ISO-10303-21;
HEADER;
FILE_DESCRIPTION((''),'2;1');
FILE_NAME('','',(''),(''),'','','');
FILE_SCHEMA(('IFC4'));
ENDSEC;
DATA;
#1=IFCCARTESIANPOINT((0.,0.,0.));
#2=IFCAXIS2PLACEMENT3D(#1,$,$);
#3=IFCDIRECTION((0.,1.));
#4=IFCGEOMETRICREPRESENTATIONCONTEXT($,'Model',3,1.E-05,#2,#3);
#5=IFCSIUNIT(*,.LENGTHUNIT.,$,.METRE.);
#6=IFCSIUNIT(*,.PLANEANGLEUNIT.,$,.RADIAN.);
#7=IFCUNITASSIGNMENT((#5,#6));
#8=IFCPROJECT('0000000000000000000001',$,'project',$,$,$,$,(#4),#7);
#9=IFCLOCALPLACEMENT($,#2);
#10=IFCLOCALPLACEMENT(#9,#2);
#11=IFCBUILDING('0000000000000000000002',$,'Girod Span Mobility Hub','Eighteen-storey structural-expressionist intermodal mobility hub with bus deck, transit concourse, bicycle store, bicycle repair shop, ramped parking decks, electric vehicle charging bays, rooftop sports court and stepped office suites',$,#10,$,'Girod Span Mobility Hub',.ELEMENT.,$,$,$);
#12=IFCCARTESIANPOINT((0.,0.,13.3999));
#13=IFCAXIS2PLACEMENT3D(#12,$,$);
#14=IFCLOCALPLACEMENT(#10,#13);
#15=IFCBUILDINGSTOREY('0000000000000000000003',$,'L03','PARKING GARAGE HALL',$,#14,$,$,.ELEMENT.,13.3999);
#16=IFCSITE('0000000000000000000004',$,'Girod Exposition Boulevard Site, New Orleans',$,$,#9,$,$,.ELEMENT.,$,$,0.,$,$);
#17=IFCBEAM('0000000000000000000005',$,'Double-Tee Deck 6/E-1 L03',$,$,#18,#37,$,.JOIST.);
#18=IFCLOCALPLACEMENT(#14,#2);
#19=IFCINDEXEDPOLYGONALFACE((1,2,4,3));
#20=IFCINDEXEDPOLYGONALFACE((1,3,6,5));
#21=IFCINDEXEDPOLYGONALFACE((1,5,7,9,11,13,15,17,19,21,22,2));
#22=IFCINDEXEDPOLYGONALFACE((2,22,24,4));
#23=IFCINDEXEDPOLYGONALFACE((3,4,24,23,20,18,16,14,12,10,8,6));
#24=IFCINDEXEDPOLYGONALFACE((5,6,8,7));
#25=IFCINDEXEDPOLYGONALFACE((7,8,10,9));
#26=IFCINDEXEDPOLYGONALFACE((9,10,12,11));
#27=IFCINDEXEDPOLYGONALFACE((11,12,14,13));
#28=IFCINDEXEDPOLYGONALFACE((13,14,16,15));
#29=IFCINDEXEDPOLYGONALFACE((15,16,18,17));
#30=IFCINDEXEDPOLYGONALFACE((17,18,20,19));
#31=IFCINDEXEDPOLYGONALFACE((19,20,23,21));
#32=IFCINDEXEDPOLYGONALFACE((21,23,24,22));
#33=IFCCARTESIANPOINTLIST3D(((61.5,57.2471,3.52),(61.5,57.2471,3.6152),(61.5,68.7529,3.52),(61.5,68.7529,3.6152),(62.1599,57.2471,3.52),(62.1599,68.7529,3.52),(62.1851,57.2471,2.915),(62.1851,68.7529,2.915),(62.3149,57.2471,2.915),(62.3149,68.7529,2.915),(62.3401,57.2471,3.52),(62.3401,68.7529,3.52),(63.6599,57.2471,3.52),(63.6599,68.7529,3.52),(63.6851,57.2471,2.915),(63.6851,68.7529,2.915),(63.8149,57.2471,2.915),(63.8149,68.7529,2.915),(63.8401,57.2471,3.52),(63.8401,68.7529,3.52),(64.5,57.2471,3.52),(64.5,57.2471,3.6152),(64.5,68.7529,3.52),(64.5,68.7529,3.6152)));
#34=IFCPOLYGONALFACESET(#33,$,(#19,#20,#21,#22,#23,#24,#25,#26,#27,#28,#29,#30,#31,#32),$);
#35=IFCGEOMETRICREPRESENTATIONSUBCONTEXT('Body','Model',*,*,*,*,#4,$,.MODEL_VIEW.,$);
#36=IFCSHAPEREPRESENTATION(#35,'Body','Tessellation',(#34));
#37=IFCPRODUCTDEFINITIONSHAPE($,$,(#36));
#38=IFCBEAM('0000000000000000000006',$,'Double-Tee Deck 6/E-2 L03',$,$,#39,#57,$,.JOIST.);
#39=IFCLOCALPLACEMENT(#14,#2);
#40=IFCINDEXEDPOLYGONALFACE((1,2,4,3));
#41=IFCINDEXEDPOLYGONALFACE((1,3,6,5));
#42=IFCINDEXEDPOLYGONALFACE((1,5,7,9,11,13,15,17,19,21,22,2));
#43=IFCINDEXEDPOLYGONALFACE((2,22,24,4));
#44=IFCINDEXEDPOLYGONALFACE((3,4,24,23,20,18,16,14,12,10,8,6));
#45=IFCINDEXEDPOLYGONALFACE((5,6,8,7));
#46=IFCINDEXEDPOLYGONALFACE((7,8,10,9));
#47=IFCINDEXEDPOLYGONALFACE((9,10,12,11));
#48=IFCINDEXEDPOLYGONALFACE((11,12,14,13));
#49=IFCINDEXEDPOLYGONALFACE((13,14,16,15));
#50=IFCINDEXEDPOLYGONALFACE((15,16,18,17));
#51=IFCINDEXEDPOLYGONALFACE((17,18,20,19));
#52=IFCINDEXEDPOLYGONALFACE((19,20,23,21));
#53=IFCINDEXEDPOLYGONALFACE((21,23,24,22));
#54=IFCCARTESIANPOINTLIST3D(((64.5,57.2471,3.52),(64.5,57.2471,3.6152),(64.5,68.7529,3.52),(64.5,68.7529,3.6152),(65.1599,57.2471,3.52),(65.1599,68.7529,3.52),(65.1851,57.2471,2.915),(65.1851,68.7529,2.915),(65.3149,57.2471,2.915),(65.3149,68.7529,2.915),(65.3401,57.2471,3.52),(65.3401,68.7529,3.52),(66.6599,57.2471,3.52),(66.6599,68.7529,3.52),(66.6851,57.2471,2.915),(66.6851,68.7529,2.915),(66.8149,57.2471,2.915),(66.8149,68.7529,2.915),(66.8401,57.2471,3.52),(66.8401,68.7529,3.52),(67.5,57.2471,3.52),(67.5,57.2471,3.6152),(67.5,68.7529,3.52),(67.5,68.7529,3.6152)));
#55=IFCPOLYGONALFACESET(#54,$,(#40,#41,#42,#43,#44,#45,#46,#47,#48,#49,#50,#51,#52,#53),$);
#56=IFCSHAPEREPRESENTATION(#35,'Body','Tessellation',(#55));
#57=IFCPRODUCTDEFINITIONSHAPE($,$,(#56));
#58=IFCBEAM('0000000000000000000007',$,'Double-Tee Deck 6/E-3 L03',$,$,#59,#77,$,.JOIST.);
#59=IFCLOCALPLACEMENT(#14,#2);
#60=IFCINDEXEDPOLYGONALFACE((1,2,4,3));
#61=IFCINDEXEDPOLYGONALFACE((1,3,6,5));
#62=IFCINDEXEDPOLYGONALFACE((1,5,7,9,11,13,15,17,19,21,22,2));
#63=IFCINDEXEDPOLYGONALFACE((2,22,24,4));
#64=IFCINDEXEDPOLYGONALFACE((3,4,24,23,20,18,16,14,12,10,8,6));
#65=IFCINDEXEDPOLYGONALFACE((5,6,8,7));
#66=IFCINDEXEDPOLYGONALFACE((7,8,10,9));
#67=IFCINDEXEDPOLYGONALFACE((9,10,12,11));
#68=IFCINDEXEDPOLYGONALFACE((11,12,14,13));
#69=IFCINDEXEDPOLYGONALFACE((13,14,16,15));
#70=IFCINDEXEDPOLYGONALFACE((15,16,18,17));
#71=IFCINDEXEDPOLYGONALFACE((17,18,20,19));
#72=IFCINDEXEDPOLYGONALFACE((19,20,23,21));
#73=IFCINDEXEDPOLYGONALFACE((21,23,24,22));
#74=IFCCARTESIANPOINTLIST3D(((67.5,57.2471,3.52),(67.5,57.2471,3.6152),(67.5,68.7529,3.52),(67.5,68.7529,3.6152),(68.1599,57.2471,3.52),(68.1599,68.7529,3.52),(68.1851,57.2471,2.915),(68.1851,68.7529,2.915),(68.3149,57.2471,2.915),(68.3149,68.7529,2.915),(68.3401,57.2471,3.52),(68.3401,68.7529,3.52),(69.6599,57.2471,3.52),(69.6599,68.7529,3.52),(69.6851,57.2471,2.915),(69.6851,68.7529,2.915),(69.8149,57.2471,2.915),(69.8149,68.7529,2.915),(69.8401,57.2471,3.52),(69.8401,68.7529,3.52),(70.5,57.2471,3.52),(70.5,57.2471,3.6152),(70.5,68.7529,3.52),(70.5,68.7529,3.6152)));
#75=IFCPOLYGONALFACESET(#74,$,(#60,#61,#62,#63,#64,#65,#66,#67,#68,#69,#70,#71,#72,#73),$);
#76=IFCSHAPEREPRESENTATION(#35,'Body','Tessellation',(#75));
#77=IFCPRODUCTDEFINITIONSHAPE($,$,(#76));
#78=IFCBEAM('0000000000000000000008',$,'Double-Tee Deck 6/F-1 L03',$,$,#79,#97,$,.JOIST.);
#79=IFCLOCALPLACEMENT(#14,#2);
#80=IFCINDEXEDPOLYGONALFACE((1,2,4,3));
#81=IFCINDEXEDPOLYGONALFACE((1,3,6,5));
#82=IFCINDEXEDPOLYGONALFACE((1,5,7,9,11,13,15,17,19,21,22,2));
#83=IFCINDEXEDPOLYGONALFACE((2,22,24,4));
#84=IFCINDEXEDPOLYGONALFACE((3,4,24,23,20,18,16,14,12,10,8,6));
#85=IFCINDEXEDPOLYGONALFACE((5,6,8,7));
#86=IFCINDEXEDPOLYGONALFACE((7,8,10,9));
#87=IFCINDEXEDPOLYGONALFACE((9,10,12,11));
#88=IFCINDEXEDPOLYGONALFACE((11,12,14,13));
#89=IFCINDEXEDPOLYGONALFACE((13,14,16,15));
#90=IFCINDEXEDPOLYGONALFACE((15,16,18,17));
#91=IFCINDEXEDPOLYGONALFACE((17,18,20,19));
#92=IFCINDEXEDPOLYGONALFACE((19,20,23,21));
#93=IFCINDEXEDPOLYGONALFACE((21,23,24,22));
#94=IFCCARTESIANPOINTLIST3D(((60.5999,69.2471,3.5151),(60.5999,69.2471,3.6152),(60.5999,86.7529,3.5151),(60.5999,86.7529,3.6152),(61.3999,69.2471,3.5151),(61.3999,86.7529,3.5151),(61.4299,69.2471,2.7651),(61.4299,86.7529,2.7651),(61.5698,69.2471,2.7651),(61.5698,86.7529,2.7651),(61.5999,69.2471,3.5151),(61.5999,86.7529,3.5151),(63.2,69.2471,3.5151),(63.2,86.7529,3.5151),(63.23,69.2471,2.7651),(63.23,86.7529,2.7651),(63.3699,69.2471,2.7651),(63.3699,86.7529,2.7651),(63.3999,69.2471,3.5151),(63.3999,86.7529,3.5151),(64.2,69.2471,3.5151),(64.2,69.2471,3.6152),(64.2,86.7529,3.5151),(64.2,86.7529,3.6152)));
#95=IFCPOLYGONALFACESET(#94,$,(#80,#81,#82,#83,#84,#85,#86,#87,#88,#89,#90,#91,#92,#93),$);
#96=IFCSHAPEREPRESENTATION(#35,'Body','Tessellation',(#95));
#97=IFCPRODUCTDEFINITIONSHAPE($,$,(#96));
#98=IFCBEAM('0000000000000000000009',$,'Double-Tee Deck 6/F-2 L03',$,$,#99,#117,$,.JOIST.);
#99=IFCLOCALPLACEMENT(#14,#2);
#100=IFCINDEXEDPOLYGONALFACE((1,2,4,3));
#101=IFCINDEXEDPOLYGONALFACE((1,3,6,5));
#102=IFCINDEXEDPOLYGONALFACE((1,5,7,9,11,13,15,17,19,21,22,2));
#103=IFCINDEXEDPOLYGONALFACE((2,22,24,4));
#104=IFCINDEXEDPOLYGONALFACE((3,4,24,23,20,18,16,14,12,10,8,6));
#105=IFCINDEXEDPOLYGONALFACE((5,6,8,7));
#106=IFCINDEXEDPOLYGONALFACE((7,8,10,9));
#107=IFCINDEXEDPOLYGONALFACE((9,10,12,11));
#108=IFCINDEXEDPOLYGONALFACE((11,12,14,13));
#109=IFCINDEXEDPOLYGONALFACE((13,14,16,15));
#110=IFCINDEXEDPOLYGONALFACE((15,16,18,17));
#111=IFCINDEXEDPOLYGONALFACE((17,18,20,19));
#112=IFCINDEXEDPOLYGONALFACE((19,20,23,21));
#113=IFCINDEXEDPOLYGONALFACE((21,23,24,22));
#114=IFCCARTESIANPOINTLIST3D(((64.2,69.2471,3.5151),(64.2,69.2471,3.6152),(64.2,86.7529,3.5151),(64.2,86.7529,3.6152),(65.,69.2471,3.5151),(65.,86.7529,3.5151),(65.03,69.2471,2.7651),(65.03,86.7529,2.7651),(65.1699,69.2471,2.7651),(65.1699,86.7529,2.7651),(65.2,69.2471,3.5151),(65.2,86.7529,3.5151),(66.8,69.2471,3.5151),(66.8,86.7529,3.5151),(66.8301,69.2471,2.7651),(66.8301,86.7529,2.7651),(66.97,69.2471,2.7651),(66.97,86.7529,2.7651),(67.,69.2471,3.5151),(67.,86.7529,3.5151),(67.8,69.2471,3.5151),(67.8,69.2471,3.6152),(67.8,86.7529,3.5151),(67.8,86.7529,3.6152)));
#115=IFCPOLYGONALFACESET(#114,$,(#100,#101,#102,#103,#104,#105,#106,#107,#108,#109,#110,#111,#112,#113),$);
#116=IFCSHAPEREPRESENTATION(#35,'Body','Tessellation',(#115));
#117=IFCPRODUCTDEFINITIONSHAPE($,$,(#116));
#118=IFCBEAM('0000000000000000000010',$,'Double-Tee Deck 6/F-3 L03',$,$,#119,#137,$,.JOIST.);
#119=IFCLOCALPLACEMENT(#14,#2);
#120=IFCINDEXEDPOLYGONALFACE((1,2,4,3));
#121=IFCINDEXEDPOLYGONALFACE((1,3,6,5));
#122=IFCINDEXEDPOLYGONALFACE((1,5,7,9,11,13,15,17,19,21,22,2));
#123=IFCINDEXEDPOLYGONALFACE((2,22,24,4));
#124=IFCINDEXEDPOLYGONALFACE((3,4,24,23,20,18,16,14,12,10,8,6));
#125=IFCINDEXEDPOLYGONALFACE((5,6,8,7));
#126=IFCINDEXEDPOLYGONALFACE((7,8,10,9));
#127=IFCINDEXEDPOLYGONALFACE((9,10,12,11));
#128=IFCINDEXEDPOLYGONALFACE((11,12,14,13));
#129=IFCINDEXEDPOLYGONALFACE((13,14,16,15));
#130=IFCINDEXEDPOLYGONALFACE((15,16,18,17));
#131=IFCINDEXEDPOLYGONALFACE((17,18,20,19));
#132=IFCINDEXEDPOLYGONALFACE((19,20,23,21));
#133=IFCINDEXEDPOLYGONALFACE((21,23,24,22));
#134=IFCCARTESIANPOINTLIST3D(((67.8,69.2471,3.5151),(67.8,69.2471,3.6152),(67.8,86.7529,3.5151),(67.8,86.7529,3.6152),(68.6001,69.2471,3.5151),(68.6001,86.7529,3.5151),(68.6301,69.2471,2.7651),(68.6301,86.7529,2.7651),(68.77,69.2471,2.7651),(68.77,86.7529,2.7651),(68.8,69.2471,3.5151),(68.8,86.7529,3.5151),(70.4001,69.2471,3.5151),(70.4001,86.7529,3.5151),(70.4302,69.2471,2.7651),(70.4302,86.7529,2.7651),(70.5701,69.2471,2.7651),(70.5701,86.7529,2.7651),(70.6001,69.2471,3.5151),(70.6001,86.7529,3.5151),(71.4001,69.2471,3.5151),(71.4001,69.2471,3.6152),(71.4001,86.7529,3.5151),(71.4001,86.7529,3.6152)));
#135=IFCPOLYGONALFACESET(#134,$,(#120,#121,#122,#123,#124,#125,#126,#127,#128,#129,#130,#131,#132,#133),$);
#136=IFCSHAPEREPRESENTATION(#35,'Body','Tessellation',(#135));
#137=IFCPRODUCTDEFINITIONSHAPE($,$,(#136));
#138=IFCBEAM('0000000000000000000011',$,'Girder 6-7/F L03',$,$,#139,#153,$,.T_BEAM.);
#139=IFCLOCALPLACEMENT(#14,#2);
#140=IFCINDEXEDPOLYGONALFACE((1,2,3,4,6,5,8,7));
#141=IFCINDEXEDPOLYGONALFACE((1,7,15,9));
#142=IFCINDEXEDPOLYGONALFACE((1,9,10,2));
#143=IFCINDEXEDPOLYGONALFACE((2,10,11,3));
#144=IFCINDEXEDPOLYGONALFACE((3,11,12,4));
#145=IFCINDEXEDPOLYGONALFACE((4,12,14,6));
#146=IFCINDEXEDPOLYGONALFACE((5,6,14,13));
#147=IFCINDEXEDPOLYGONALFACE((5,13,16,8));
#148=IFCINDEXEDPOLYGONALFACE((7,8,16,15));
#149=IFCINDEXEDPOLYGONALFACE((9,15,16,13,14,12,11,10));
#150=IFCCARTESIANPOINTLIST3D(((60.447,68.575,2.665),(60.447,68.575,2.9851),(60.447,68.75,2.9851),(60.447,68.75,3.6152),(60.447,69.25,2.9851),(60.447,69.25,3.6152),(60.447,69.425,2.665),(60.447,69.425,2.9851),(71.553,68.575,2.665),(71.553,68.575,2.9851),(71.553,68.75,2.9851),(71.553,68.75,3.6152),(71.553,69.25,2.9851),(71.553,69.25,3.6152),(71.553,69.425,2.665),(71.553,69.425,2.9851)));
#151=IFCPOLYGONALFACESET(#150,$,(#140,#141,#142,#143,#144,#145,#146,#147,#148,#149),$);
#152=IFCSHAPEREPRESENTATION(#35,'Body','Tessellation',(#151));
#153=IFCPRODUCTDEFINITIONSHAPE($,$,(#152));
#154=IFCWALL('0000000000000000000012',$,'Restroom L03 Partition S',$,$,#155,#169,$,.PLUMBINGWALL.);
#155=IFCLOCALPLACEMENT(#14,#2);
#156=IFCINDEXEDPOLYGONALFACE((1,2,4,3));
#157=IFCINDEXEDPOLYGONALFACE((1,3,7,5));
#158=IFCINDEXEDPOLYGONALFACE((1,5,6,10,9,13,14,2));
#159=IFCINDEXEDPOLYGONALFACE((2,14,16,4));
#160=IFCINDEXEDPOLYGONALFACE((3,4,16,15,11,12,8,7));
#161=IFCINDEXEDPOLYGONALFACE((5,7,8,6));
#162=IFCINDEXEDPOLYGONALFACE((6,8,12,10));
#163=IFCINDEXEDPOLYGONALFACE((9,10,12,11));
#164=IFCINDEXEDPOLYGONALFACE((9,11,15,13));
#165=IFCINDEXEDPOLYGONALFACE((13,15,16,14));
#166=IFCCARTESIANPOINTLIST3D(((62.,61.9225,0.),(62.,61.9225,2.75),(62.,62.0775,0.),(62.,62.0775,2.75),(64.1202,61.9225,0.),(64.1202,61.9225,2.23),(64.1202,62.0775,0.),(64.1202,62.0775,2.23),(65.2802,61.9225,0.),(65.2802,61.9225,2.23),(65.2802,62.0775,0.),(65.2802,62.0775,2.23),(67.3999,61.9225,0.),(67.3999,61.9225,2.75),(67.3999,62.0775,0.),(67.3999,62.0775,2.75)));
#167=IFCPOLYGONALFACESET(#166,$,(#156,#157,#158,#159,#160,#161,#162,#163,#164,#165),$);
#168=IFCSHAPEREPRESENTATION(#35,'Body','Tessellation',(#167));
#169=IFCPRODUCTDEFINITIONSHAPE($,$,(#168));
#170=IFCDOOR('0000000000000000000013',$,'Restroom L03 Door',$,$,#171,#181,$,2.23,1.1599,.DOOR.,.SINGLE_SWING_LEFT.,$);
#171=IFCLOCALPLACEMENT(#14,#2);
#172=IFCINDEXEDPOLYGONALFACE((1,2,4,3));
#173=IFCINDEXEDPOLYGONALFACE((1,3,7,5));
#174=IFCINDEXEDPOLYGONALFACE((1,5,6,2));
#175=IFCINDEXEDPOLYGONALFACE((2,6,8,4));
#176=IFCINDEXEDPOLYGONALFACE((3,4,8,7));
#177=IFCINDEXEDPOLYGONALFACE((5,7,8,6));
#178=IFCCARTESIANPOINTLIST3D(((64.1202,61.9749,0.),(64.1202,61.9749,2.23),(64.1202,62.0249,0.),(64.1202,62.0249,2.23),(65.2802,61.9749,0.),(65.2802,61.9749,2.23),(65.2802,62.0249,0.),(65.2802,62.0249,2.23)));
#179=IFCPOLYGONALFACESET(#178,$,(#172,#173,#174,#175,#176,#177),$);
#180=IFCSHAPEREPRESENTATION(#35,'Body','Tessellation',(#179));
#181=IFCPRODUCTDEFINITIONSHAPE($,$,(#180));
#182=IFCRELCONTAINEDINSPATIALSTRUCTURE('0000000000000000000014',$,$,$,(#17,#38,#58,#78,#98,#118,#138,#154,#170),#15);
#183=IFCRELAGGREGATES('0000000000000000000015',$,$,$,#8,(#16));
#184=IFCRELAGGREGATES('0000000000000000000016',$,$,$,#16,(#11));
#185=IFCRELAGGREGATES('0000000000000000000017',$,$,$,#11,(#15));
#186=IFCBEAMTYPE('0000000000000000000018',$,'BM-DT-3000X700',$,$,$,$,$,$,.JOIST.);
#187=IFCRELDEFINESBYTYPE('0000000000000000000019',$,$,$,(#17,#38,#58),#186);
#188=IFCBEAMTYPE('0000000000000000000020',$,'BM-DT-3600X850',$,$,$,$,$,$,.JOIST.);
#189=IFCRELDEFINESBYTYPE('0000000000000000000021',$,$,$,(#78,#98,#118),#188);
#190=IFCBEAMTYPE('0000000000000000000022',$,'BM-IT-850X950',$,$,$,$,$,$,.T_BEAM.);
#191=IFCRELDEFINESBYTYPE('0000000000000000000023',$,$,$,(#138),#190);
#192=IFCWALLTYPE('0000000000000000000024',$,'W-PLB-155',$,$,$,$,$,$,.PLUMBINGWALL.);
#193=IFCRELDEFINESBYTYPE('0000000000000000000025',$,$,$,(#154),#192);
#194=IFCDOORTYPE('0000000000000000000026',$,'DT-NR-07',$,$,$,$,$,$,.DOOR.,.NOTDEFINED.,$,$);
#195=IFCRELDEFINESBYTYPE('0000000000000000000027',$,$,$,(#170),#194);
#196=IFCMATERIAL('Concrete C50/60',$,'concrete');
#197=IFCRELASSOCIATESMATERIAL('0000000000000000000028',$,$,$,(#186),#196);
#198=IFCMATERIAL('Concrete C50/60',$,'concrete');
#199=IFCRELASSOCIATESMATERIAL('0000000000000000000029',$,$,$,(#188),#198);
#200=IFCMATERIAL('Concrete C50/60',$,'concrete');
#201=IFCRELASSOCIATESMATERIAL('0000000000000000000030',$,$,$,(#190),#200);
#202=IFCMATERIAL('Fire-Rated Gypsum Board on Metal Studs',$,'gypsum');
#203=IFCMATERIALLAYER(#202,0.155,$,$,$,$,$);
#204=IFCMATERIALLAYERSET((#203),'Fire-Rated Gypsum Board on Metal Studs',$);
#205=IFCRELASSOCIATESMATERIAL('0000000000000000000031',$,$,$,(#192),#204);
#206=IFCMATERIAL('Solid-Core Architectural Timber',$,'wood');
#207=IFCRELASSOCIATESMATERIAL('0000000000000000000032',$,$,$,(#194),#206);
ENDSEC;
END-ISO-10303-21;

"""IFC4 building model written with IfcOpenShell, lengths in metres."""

from ifc_helpers import new_model, si_unit, direction, frame, frame_2d, origin, place, context, subcontext, project, spatial, polyline, rectangle, outline, extrude, material, layer, layer_set, material_profile, profile_set, type_object, element, fill, save


model = new_model("IFC4")

# Units and contexts
model_context = context("Model", 3, precision=1e-05, world=origin(), true_north=direction((0.0, 1.0)))
body_context = subcontext(model_context, "Body", "Model", "MODEL_VIEW")
ifc_project = project(units=[si_unit("LENGTHUNIT", "METRE"), si_unit("PLANEANGLEUNIT", "RADIAN")], contexts=[model_context])

# Site, building, storey
site_placement = place(None, origin())
site = spatial("IfcSite", under=ifc_project, at=site_placement, Name="Girod Exposition Boulevard Site, New Orleans", CompositionType="ELEMENT", RefElevation=0.0)
building_placement = place(site_placement, origin())
building = spatial("IfcBuilding", under=site, at=building_placement, Name="Girod Span Mobility Hub", Description="Eighteen-storey structural-expressionist intermodal mobility hub with bus deck, transit concourse, bicycle store, bicycle repair shop, ramped parking decks, electric vehicle charging bays, rooftop sports court and stepped office suites", LongName="Girod Span Mobility Hub", CompositionType="ELEMENT")
storey_placement = place(building_placement, frame((0.0, 0.0, 13.3999)))
storey = spatial("IfcBuildingStorey", under=building, at=storey_placement, Name="L03", Description="PARKING GARAGE HALL", CompositionType="ELEMENT", Elevation=13.3999)

# Beams
ifc_material_1 = material(Name="Concrete C50/60", Category="concrete")
ifc_material_profile_1 = material_profile(ifc_material_1, outline(polyline([(-1.5, 0.3501), (-1.5, 0.2549), (-0.8401, 0.2549), (-0.8149, -0.3501), (-0.6851, -0.3501), (-0.6599, 0.2549), (0.6599, 0.2549), (0.6851, -0.3501), (0.8149, -0.3501), (0.8401, 0.2549), (1.5, 0.2549), (1.5, 0.3501), (-1.5, 0.3501)])), Name="DT-3000X700")
ifc_profile_set_1 = profile_set([ifc_material_profile_1], Name="Concrete C50/60")
beam_type_1 = type_object("IfcBeamType", Name="BM-DT-3000X700", PredefinedType="JOIST", material=ifc_profile_set_1)
for number, where, z_axis, x_axis, name in (
    (1, (63.0, 57.2471, 3.2651), (0.0, 1.0, 0.0), (-1.0, 0.0, 0.0), "Double-Tee Deck 6/E-1 L03"),
    (2, (66.0, 57.2471, 3.2651), (0.0, 1.0, 0.0), (-1.0, 0.0, 0.0), "Double-Tee Deck 6/E-2 L03"),
    (3, (69.0, 57.2471, 3.2651), (0.0, 1.0, 0.0), (-1.0, 0.0, 0.0), "Double-Tee Deck 6/E-3 L03"),
):
    element("IfcBeam", number, at=place(storey_placement, frame(where, z_axis=z_axis, x_axis=x_axis)), inside=storey, type_object=beam_type_1, Name=name, PredefinedType="JOIST", context=body_context, shape_type="SweptSolid", body=[
        extrude(outline(polyline([(-1.5, 0.3501), (-1.5, 0.2549), (-0.8401, 0.2549), (-0.8149, -0.3501), (-0.6851, -0.3501), (-0.6599, 0.2549), (0.6599, 0.2549), (0.6851, -0.3501), (0.8149, -0.3501), (0.8401, 0.2549), (1.5, 0.2549), (1.5, 0.3501), (-1.5, 0.3501)])), origin(), (0.0, 0.0, 1.0), 11.5059),
    ])
ifc_material_2 = material(Name="Concrete C50/60", Category="concrete")
ifc_material_profile_2 = material_profile(ifc_material_2, outline(polyline([(-1.8, 0.425), (-1.8, 0.325), (-1.0, 0.325), (-0.97, -0.425), (-0.8301, -0.425), (-0.8, 0.325), (0.8, 0.325), (0.8301, -0.425), (0.97, -0.425), (1.0, 0.325), (1.8, 0.325), (1.8, 0.425), (-1.8, 0.425)])), Name="DT-3600X850")
ifc_profile_set_2 = profile_set([ifc_material_profile_2], Name="Concrete C50/60")
beam_type_2 = type_object("IfcBeamType", Name="BM-DT-3600X850", PredefinedType="JOIST", material=ifc_profile_set_2)
for number, where, z_axis, x_axis, name in (
    (4, (62.3999, 69.2471, 3.1902), (0.0, 1.0, 0.0), (-1.0, 0.0, 0.0), "Double-Tee Deck 6/F-1 L03"),
    (5, (66.0, 69.2471, 3.1902), (0.0, 1.0, 0.0), (-1.0, 0.0, 0.0), "Double-Tee Deck 6/F-2 L03"),
    (6, (69.6001, 69.2471, 3.1902), (0.0, 1.0, 0.0), (-1.0, 0.0, 0.0), "Double-Tee Deck 6/F-3 L03"),
):
    element("IfcBeam", number, at=place(storey_placement, frame(where, z_axis=z_axis, x_axis=x_axis)), inside=storey, type_object=beam_type_2, Name=name, PredefinedType="JOIST", context=body_context, shape_type="SweptSolid", body=[
        extrude(outline(polyline([(-1.8, 0.425), (-1.8, 0.325), (-1.0, 0.325), (-0.97, -0.425), (-0.8301, -0.425), (-0.8, 0.325), (0.8, 0.325), (0.8301, -0.425), (0.97, -0.425), (1.0, 0.325), (1.8, 0.325), (1.8, 0.425), (-1.8, 0.425)])), origin(), (0.0, 0.0, 1.0), 17.5059),
    ])
ifc_material_3 = material(Name="Concrete C50/60", Category="concrete")
ifc_material_profile_3 = material_profile(ifc_material_3, outline(polyline([(-0.425, -0.4751), (0.425, -0.4751), (0.425, -0.155), (0.25, -0.155), (0.25, 0.4751), (-0.25, 0.4751), (-0.25, -0.155), (-0.425, -0.155), (-0.425, -0.4751)])), Name="IT-850X950")
ifc_profile_set_3 = profile_set([ifc_material_profile_3], Name="Concrete C50/60")
beam_type_3 = type_object("IfcBeamType", Name="BM-IT-850X950", PredefinedType="T_BEAM", material=ifc_profile_set_3)
beam_placement = place(storey_placement, frame((60.447, 69.0, 3.1401), z_axis=(1.0, 0.0, 0.0), x_axis=(0.0, 1.0, 0.0)))
element("IfcBeam", 7, at=beam_placement, inside=storey, type_object=beam_type_3, Name="Girder 6-7/F L03", PredefinedType="T_BEAM", context=body_context, shape_type="SweptSolid", body=[
    extrude(outline(polyline([(-0.425, -0.4751), (0.425, -0.4751), (0.425, -0.155), (0.25, -0.155), (0.25, 0.4751), (-0.25, 0.4751), (-0.25, -0.155), (-0.425, -0.155), (-0.425, -0.4751)])), origin(), (0.0, 0.0, 1.0), 11.106),
])

# Wall, opening, door
ifc_material_4 = material(Name="Fire-Rated Gypsum Board on Metal Studs", Category="gypsum")
ifc_layer_1 = layer(ifc_material_4, 0.155)
ifc_layer_set_1 = layer_set([ifc_layer_1], Name="Fire-Rated Gypsum Board on Metal Studs")
wall_type_1 = type_object("IfcWallType", Name="W-PLB-155", PredefinedType="PLUMBINGWALL", material=ifc_layer_set_1)
wall_1_placement = place(storey_placement, frame((62.0, 62.0, 0.0), z_axis=(0.0, 0.0, 1.0), x_axis=(1.0, 0.0, 0.0)))
wall_1 = element("IfcWall", 8, at=wall_1_placement, inside=storey, type_object=wall_type_1, Name="Restroom L03 Partition S", PredefinedType="PLUMBINGWALL", context=body_context, shape_type="SweptSolid", body=[
    extrude(rectangle(XDim=5.3999, YDim=0.155, at=frame_2d((2.7, 0.0))), origin(), (0.0, 0.0, 1.0), 2.75),
])
opening_1_placement = place(wall_1_placement, frame((2.1201, 0.0, 0.0)))
opening_1 = element("IfcOpeningElement", 9, at=opening_1_placement, cuts=wall_1, PredefinedType="OPENING", context=body_context, shape_type="SweptSolid", body=[
    extrude(rectangle(XDim=1.1599, YDim=2.23, at=frame_2d((0.5801, 1.115))), frame((0.0, 0.0925, 0.0), z_axis=(0.0, -1.0, 0.0), x_axis=(1.0, 0.0, 0.0)), (0.0, 0.0, 1.0), 0.1851),
])
ifc_material_5 = material(Name="Solid-Core Architectural Timber", Category="wood")
door_type_1 = type_object("IfcDoorType", Name="DT-NR-07", OperationType="NOTDEFINED", PredefinedType="DOOR", material=ifc_material_5)
door_1_placement = place(opening_1_placement, origin())
door_1 = element("IfcDoor", 10, at=door_1_placement, inside=storey, type_object=door_type_1, Name="Restroom L03 Door", OperationType="SINGLE_SWING_LEFT", OverallHeight=2.23, OverallWidth=1.1599, PredefinedType="DOOR", context=body_context, shape_type="SweptSolid", body=[
    extrude(rectangle(XDim=1.1599, YDim=2.23, at=frame_2d((0.5801, 1.115))), frame((0.0, 0.0249, 0.0), z_axis=(0.0, -1.0, 0.0), x_axis=(1.0, 0.0, 0.0)), (0.0, 0.0, 1.0), 0.05),
])
fill(opening_1, door_1)

save(model, "model.ifc")
